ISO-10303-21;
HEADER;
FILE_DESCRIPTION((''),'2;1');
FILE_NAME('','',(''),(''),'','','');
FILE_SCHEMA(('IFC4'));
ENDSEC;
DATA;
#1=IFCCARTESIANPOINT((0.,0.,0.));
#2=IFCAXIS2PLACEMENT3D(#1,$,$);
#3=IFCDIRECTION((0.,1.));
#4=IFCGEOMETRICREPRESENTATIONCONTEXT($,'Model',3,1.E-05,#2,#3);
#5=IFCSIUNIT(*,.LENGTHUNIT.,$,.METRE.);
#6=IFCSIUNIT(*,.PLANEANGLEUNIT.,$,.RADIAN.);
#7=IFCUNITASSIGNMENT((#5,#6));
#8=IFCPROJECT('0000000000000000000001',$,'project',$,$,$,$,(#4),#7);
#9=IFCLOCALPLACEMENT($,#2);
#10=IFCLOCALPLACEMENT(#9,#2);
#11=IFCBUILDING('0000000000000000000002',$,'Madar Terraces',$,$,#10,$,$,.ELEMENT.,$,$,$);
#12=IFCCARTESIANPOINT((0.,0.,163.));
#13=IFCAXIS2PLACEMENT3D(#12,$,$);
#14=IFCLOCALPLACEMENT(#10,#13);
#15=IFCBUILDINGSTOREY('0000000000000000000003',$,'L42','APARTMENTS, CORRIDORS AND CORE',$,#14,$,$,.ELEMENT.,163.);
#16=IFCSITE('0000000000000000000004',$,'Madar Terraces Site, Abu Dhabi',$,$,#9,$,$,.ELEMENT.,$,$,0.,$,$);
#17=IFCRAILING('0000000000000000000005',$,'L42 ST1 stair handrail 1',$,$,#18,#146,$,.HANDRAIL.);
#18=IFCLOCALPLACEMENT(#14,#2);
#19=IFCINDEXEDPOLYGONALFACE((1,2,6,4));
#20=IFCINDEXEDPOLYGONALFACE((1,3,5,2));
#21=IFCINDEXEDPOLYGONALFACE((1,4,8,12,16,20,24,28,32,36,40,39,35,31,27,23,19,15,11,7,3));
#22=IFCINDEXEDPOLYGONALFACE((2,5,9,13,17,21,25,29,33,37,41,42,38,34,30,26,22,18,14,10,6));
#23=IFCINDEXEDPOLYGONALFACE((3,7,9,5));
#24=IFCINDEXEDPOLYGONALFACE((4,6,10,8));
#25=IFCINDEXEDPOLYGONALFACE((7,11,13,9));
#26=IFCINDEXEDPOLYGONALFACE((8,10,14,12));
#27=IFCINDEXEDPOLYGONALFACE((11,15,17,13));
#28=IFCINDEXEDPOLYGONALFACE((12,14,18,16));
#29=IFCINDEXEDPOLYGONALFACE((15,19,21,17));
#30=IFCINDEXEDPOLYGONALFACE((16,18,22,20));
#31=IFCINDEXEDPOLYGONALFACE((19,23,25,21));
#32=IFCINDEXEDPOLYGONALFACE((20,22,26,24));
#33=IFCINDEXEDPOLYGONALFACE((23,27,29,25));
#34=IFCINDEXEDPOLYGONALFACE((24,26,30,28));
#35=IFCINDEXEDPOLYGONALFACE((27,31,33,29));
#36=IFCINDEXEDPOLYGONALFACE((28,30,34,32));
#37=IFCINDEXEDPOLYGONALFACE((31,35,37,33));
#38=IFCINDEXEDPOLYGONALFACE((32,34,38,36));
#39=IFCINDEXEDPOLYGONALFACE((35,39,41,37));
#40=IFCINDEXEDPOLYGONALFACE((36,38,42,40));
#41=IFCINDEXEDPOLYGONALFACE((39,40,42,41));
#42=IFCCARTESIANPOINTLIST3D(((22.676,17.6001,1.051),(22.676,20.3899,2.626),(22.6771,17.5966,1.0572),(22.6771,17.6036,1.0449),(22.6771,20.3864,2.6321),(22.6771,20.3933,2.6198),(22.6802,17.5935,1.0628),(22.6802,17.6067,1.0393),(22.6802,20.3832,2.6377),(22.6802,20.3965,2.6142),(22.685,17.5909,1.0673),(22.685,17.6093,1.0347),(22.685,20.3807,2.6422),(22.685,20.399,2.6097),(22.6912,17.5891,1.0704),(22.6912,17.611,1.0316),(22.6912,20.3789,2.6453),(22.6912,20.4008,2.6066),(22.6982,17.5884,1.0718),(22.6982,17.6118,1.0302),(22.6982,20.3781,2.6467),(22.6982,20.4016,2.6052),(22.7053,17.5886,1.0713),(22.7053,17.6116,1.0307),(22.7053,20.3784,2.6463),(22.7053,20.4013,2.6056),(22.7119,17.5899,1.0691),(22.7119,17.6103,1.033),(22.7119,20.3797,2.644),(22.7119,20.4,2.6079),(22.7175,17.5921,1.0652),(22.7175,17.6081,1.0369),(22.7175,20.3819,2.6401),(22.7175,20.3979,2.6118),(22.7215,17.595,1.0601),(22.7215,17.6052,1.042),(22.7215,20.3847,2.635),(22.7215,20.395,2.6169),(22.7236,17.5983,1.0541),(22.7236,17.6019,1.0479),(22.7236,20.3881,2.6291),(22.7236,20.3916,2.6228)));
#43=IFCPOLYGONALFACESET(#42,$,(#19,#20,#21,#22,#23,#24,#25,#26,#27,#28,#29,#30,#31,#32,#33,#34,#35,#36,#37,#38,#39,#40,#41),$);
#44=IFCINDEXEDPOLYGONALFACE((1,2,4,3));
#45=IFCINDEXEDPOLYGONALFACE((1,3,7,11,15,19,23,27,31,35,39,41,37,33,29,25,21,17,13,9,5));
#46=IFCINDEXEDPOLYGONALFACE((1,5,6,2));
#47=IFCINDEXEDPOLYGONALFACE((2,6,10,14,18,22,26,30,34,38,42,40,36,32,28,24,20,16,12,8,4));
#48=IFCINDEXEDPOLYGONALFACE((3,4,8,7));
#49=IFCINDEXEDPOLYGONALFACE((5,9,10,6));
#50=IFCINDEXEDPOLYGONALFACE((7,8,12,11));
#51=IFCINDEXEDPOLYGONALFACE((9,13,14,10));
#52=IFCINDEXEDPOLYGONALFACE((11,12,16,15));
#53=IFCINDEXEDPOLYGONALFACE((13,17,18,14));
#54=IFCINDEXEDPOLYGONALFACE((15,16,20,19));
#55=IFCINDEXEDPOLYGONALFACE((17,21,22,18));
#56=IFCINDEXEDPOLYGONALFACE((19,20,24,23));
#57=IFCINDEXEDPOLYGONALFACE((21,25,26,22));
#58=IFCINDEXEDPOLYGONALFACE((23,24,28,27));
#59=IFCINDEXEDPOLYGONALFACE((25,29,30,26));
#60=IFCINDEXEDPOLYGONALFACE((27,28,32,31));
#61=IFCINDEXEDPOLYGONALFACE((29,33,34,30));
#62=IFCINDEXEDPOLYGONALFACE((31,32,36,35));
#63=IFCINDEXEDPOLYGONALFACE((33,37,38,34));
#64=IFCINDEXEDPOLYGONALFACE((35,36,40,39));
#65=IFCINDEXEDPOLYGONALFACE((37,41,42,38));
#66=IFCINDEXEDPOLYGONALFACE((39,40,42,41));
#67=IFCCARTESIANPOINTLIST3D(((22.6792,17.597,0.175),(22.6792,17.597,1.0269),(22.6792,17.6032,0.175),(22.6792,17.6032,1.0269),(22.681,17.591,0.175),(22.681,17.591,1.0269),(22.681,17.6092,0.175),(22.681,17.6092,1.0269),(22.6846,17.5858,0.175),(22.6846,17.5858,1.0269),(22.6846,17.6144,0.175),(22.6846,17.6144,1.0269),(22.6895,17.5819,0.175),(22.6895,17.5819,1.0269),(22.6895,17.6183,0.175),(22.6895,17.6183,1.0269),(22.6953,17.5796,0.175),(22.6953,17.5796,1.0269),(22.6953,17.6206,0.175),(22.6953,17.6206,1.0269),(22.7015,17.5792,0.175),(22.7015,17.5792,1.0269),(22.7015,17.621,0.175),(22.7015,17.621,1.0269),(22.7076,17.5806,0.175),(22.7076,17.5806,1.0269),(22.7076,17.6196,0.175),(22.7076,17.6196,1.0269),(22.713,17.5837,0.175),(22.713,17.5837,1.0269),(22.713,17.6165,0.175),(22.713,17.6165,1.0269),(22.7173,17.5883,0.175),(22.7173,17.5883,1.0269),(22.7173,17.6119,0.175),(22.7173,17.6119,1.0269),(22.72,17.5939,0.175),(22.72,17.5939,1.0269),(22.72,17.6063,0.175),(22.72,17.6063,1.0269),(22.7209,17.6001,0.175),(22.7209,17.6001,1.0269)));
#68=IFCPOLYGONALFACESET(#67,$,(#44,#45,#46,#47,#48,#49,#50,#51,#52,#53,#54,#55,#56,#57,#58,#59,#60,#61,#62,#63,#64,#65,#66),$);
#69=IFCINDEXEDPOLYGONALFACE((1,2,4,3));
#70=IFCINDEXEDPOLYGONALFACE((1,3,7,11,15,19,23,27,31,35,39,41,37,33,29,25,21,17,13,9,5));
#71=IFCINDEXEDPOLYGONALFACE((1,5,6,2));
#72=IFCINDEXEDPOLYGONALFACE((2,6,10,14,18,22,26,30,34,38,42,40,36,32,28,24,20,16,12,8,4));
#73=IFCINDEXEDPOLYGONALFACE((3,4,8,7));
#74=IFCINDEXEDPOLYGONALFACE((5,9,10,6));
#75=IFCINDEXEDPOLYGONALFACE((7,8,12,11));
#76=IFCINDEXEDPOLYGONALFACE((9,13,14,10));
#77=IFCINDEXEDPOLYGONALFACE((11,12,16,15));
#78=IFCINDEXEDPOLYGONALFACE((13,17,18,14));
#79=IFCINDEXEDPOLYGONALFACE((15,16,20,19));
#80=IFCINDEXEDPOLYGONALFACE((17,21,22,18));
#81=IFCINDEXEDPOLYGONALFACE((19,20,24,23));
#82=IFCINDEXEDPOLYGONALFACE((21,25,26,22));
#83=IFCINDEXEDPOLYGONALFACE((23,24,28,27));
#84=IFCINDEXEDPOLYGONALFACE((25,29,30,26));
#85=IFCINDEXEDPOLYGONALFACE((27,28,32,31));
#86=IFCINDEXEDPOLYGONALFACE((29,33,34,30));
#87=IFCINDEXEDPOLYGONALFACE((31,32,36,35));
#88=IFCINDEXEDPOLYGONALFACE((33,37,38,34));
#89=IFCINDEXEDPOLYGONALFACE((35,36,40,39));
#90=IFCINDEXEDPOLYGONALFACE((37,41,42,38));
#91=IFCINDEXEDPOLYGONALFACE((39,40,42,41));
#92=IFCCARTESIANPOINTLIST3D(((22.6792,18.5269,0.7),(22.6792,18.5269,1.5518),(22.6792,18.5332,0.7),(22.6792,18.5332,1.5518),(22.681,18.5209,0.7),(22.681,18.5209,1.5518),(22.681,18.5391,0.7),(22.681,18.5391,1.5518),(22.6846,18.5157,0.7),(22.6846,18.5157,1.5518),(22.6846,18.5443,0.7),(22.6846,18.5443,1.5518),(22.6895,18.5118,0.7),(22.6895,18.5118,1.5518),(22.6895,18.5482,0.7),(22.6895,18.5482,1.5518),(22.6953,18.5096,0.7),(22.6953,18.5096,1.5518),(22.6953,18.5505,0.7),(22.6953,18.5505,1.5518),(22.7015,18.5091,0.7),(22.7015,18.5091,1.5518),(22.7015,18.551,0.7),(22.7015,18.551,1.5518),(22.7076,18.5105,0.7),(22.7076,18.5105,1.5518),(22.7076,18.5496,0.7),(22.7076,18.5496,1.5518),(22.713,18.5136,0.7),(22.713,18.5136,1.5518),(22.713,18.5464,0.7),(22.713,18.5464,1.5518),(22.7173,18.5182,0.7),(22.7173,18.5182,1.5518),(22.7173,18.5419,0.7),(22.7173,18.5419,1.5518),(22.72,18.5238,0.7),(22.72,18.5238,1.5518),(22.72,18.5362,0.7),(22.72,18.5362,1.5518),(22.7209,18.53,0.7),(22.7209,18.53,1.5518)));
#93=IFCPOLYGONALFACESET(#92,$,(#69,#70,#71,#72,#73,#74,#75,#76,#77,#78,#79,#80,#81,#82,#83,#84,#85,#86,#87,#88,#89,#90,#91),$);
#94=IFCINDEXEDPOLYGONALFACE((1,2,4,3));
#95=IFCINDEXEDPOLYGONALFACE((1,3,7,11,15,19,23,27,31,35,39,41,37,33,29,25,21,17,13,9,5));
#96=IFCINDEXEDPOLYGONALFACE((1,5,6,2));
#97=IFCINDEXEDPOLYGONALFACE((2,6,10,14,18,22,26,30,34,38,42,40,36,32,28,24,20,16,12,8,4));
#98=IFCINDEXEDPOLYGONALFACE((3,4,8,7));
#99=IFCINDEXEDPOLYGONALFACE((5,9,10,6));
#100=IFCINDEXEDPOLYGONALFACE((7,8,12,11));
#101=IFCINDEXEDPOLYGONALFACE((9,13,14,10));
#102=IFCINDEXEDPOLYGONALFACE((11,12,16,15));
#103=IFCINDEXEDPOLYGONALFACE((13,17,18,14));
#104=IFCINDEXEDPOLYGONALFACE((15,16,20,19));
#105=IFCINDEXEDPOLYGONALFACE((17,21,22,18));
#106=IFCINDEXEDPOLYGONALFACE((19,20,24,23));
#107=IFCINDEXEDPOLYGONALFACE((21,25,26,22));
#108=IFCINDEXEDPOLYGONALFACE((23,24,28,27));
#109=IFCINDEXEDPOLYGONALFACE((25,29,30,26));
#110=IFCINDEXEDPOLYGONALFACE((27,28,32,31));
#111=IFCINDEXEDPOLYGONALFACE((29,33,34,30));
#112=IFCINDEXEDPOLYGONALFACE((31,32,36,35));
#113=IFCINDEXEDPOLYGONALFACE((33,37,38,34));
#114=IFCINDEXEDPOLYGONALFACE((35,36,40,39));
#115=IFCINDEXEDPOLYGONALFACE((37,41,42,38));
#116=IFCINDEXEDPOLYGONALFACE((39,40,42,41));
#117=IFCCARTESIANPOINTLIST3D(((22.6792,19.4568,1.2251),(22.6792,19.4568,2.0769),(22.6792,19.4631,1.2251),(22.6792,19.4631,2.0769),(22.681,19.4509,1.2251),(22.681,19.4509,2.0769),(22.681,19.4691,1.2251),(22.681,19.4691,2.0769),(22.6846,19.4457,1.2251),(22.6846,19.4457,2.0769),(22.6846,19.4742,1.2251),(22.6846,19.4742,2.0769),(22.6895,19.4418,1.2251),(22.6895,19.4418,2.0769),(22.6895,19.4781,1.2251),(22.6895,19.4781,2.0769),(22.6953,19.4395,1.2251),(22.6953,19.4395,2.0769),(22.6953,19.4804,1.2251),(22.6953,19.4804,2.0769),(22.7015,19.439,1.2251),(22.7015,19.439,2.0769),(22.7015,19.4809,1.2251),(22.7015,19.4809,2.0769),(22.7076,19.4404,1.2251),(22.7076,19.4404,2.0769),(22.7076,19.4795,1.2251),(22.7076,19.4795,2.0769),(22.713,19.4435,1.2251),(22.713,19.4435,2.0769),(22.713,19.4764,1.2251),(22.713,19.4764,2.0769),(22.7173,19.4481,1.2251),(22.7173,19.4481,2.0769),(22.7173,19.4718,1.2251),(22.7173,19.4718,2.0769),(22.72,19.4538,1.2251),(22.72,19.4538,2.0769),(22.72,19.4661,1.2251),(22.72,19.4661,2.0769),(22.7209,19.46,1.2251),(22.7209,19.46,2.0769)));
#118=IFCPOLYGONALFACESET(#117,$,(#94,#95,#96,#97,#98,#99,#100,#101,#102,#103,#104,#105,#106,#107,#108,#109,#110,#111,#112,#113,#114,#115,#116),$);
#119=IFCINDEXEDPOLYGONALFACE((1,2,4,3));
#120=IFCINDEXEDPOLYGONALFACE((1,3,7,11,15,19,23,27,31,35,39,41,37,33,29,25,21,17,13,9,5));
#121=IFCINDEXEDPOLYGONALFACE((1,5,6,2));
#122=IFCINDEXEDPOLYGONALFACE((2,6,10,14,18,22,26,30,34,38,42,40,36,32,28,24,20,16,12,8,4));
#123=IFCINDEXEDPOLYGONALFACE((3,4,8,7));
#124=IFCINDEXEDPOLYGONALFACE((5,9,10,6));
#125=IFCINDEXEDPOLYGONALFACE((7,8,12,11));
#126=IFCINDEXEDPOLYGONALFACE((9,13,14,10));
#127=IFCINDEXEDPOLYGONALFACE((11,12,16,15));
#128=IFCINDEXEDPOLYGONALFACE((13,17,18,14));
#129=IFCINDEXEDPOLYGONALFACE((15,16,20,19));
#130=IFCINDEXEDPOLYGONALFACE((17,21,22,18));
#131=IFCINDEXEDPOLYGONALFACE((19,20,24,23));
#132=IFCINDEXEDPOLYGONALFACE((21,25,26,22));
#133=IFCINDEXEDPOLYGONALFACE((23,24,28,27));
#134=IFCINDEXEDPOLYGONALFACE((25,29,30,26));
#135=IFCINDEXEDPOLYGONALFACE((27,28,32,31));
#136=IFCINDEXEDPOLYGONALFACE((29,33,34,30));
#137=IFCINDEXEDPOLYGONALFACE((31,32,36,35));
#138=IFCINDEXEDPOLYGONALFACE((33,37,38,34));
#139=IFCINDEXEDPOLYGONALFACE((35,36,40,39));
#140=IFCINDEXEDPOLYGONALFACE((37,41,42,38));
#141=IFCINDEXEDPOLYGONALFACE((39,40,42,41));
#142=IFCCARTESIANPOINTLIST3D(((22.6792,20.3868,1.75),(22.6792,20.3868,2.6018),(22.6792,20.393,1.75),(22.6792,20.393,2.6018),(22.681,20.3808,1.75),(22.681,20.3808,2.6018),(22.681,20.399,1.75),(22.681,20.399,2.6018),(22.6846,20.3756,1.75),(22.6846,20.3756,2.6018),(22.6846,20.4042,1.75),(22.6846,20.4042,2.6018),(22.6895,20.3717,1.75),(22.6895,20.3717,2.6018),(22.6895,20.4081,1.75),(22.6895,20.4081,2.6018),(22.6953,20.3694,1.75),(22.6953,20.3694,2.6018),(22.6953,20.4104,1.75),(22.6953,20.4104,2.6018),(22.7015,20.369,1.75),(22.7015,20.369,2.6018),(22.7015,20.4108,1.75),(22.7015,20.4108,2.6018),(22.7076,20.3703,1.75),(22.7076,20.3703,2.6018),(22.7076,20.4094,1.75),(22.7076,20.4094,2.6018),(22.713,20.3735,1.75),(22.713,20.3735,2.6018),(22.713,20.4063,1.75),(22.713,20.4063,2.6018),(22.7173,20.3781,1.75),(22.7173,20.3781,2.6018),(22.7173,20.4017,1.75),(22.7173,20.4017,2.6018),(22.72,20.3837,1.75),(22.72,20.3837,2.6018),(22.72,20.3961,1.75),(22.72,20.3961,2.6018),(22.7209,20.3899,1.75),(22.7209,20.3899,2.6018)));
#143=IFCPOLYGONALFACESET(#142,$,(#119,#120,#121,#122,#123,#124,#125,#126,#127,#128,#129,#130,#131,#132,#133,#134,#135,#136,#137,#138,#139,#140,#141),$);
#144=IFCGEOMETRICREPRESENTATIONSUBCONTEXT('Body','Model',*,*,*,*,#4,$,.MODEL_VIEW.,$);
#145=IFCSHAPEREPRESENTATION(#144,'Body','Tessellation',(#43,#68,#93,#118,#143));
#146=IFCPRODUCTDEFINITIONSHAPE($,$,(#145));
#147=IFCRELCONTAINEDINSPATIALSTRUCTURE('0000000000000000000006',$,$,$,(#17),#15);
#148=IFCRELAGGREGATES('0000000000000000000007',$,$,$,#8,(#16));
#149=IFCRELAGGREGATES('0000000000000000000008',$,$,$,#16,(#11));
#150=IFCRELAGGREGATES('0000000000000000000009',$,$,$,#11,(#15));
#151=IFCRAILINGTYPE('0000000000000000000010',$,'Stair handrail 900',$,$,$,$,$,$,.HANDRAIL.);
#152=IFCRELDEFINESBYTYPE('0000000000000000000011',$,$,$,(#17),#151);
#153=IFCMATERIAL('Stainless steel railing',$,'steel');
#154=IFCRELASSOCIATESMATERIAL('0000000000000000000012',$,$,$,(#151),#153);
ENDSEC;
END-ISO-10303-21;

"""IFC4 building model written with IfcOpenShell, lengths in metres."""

from ifc_helpers import new_model, si_unit, direction, frame, origin, origin_2d, place, context, subcontext, project, spatial, circle, extrude, material, type_object, element, save


model = new_model("IFC4")

# Units and contexts
model_context = context("Model", 3, precision=1e-05, world=origin(), true_north=direction((0.0, 1.0)))
body_context = subcontext(model_context, "Body", "Model", "MODEL_VIEW")
ifc_project = project(units=[si_unit("LENGTHUNIT", "METRE"), si_unit("PLANEANGLEUNIT", "RADIAN")], contexts=[model_context])

# Site, building, storey
site_placement = place(None, origin())
site = spatial("IfcSite", under=ifc_project, at=site_placement, Name="Madar Terraces Site, Abu Dhabi", CompositionType="ELEMENT", RefElevation=0.0)
building_placement = place(site_placement, origin())
building = spatial("IfcBuilding", under=site, at=building_placement, Name="Madar Terraces", CompositionType="ELEMENT")
storey_placement = place(building_placement, frame((0.0, 0.0, 163.0)))
storey = spatial("IfcBuildingStorey", under=building, at=storey_placement, Name="L42", Description="APARTMENTS, CORRIDORS AND CORE", CompositionType="ELEMENT", Elevation=163.0)

# Railing
ifc_material_1 = material(Name="Stainless steel railing", Category="steel")
railing_type_1 = type_object("IfcRailingType", Name="Stair handrail 900", PredefinedType="HANDRAIL", material=ifc_material_1)
railing_1_placement = place(storey_placement, frame((22.7, 17.6001, 0.175)))
element("IfcRailing", 1, at=railing_1_placement, inside=storey, type_object=railing_type_1, Name="L42 ST1 stair handrail 1", PredefinedType="HANDRAIL", context=body_context, shape_type="SweptSolid", body=[
    extrude(circle(Radius=0.0239, at=origin_2d()), frame((0.0, 0.0, 0.876), z_axis=(0.0, 0.870815, 0.49161), x_axis=(-1.0, 0.0, 0.0)), (0.0, 0.0, 1.0), 3.2036),
    extrude(circle(Radius=0.021, at=origin_2d()), origin(), (0.0, 0.0, 1.0), 0.8518),
    extrude(circle(Radius=0.021, at=origin_2d()), frame((0.0, 0.9299, 0.5249)), (0.0, 0.0, 1.0), 0.8518),
    extrude(circle(Radius=0.021, at=origin_2d()), frame((0.0, 1.8599, 1.05)), (0.0, 0.0, 1.0), 0.8518),
    extrude(circle(Radius=0.021, at=origin_2d()), frame((0.0, 2.7898, 1.575)), (0.0, 0.0, 1.0), 0.8518),
])

save(model, "model.ifc")
